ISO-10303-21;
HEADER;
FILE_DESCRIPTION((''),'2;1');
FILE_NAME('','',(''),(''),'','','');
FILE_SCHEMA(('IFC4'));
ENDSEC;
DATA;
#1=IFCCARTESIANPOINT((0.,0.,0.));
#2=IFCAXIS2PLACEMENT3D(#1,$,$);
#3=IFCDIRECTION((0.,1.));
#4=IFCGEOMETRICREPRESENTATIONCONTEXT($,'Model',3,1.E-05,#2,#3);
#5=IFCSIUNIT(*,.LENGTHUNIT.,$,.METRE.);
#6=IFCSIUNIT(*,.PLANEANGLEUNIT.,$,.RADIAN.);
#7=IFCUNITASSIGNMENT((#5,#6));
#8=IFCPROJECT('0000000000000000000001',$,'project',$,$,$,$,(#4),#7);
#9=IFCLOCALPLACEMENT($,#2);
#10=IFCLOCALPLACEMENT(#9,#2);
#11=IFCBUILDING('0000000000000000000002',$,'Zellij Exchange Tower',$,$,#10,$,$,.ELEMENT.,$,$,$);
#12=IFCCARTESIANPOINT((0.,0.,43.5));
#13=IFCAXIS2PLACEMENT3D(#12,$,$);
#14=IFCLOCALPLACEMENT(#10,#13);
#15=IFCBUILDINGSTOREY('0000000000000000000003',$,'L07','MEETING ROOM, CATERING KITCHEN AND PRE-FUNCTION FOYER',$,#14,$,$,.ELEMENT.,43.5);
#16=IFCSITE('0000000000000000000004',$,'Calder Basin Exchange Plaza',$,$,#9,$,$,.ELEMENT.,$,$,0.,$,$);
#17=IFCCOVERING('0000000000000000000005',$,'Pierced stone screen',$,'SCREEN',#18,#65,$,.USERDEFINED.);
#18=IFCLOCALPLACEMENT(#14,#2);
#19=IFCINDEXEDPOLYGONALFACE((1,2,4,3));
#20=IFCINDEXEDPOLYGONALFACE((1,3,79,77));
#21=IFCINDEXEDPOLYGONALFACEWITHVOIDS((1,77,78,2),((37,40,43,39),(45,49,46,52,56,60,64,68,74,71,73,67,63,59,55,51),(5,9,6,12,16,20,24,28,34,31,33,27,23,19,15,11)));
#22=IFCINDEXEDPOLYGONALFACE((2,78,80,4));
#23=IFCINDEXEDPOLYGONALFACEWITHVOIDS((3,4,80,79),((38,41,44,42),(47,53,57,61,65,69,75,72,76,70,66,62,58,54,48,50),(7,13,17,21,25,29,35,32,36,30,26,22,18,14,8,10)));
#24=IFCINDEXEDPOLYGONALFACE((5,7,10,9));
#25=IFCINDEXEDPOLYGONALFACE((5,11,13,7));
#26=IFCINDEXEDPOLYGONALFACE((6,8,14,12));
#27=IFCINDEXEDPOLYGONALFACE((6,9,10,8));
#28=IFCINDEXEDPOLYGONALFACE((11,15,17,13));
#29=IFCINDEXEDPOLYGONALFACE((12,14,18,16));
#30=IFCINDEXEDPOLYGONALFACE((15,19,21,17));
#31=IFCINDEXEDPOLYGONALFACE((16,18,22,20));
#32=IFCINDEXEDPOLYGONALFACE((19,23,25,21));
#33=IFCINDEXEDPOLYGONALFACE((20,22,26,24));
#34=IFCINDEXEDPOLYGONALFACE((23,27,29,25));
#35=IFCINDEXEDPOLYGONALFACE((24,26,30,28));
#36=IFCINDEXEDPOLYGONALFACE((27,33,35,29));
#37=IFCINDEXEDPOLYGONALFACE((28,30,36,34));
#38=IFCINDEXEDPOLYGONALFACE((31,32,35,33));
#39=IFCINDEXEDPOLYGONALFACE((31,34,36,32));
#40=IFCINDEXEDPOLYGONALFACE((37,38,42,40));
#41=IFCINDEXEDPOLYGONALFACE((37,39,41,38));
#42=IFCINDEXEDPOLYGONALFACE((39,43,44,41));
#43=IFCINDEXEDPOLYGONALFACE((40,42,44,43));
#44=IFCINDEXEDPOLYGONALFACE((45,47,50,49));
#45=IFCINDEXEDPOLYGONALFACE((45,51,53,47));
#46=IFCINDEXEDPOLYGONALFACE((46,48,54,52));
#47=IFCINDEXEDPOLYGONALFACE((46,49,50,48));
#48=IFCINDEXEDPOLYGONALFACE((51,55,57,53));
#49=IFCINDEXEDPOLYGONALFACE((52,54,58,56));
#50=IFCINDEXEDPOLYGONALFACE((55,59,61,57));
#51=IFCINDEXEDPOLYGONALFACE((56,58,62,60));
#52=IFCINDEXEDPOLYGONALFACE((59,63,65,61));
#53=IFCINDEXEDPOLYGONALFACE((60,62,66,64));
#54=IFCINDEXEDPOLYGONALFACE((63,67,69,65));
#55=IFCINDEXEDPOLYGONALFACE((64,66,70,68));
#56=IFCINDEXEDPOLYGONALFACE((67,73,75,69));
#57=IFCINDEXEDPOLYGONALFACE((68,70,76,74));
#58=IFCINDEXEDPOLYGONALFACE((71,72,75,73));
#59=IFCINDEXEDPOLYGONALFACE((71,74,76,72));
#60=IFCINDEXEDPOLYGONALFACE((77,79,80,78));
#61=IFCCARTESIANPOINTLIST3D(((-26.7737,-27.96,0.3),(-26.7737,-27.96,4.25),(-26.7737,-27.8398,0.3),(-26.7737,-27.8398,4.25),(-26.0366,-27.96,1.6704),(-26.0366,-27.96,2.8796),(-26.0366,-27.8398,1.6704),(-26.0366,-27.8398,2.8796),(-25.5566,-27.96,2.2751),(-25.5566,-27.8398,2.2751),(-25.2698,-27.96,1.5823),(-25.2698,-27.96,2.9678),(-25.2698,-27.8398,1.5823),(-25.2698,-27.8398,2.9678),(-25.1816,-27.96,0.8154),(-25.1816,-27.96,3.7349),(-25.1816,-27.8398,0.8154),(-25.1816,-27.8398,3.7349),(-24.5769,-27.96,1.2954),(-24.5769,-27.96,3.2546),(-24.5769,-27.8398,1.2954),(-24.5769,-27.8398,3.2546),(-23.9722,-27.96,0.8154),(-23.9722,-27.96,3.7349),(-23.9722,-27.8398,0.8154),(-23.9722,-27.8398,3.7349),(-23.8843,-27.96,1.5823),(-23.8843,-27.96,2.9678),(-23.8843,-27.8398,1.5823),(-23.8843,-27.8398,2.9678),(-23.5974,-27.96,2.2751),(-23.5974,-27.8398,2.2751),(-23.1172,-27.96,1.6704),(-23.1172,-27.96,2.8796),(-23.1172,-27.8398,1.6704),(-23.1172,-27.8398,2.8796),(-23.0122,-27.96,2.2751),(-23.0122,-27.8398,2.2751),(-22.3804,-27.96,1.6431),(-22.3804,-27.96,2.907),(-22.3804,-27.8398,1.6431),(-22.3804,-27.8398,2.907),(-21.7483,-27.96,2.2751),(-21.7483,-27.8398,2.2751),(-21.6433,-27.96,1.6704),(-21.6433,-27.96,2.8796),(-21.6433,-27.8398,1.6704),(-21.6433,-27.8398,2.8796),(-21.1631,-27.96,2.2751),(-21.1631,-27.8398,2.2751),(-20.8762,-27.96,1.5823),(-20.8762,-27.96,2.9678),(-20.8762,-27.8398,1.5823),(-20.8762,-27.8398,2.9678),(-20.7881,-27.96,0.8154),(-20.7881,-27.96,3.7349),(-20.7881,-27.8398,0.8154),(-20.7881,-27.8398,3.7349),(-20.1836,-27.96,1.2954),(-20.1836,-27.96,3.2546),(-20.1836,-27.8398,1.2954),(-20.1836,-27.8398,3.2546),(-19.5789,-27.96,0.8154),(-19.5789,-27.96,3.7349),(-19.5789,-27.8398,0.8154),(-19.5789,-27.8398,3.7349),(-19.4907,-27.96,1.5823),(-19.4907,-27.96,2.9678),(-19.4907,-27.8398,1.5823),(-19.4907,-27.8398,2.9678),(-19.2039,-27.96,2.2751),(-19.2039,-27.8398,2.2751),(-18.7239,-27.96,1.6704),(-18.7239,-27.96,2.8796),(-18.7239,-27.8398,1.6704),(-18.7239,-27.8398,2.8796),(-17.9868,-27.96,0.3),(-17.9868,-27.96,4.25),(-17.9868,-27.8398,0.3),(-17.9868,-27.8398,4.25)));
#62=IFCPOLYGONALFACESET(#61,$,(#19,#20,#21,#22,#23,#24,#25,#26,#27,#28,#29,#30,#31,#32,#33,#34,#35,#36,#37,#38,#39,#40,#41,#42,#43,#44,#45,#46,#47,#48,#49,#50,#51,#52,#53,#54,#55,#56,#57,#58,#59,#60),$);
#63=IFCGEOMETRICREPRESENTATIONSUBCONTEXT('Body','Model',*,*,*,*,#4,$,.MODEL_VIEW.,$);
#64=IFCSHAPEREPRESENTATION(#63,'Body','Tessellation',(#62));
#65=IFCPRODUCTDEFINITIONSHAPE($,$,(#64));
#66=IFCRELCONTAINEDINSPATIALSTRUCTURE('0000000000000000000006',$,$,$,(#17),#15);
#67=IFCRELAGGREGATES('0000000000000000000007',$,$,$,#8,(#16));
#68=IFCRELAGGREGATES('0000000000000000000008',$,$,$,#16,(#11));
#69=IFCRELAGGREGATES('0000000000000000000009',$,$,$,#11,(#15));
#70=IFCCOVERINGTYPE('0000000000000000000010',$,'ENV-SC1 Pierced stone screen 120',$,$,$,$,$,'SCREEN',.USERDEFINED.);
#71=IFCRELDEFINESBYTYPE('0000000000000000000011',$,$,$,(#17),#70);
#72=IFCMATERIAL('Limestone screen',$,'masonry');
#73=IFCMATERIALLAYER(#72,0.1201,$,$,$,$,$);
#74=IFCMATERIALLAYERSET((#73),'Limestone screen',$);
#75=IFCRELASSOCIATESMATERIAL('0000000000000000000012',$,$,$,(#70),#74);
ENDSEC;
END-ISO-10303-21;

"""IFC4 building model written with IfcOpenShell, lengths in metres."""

from ifc_helpers import new_model, si_unit, direction, frame, origin, place, context, subcontext, project, spatial, polyline, outline, extrude, material, layer, layer_set, type_object, element, save


model = new_model("IFC4")

# Units and contexts
model_context = context("Model", 3, precision=1e-05, world=origin(), true_north=direction((0.0, 1.0)))
body_context = subcontext(model_context, "Body", "Model", "MODEL_VIEW")
ifc_project = project(units=[si_unit("LENGTHUNIT", "METRE"), si_unit("PLANEANGLEUNIT", "RADIAN")], contexts=[model_context])

# Site, building, storey
site_placement = place(None, origin())
site = spatial("IfcSite", under=ifc_project, at=site_placement, Name="Calder Basin Exchange Plaza", CompositionType="ELEMENT", RefElevation=0.0)
building_placement = place(site_placement, origin())
building = spatial("IfcBuilding", under=site, at=building_placement, Name="Zellij Exchange Tower", CompositionType="ELEMENT")
storey_placement = place(building_placement, frame((0.0, 0.0, 43.5)))
storey = spatial("IfcBuildingStorey", under=building, at=storey_placement, Name="L07", Description="MEETING ROOM, CATERING KITCHEN AND PRE-FUNCTION FOYER", CompositionType="ELEMENT", Elevation=43.5)

# Covering
ifc_material_1 = material(Name="Limestone screen", Category="masonry")
ifc_layer_1 = layer(ifc_material_1, 0.1201)
ifc_layer_set_1 = layer_set([ifc_layer_1], Name="Limestone screen")
covering_type_1 = type_object("IfcCoveringType", Name="ENV-SC1 Pierced stone screen 120", ElementType="SCREEN", PredefinedType="USERDEFINED", material=ifc_layer_set_1)
covering_placement = place(storey_placement, frame((-26.7737, -27.8999, 0.3), z_axis=(0.0, 0.0, 1.0), x_axis=(1.0, 0.0, 0.0)))
element("IfcCovering", 1, at=covering_placement, inside=storey, type_object=covering_type_1, Name="Pierced stone screen", ObjectType="SCREEN", PredefinedType="USERDEFINED", context=body_context, shape_type="SweptSolid", body=[
    extrude(outline(polyline([(0.0, 0.0), (8.7869, 0.0), (8.7869, 3.95), (0.0, 3.95), (0.0, 0.0)]), holes=[polyline([(3.6565, 2.5796), (2.8894, 2.6677), (2.8015, 3.4348), (2.1968, 2.9546), (1.592, 3.4348), (1.5039, 2.6677), (0.7371, 2.5796), (1.217, 1.9751), (0.7371, 1.3704), (1.5039, 1.2822), (1.592, 0.5154), (2.1968, 0.9954), (2.8015, 0.5154), (2.8894, 1.2822), (3.6565, 1.3704), (3.1763, 1.9751), (3.6565, 2.5796)]), polyline([(8.0498, 2.5796), (7.283, 2.6677), (7.1948, 3.4348), (6.5901, 2.9546), (5.9856, 3.4348), (5.8975, 2.6677), (5.1304, 2.5796), (5.6106, 1.9751), (5.1304, 1.3704), (5.8975, 1.2822), (5.9856, 0.5154), (6.5901, 0.9954), (7.1948, 0.5154), (7.283, 1.2822), (8.0498, 1.3704), (7.5698, 1.9751), (8.0498, 2.5796)]), polyline([(5.0254, 1.9751), (4.3933, 2.6069), (3.7615, 1.9751), (4.3933, 1.343), (5.0254, 1.9751)])]), frame((0.0, 0.0601, 0.0), z_axis=(0.0, -1.0, 0.0), x_axis=(1.0, 0.0, 0.0)), (0.0, 0.0, 1.0), 0.1201),
])

save(model, "model.ifc")
